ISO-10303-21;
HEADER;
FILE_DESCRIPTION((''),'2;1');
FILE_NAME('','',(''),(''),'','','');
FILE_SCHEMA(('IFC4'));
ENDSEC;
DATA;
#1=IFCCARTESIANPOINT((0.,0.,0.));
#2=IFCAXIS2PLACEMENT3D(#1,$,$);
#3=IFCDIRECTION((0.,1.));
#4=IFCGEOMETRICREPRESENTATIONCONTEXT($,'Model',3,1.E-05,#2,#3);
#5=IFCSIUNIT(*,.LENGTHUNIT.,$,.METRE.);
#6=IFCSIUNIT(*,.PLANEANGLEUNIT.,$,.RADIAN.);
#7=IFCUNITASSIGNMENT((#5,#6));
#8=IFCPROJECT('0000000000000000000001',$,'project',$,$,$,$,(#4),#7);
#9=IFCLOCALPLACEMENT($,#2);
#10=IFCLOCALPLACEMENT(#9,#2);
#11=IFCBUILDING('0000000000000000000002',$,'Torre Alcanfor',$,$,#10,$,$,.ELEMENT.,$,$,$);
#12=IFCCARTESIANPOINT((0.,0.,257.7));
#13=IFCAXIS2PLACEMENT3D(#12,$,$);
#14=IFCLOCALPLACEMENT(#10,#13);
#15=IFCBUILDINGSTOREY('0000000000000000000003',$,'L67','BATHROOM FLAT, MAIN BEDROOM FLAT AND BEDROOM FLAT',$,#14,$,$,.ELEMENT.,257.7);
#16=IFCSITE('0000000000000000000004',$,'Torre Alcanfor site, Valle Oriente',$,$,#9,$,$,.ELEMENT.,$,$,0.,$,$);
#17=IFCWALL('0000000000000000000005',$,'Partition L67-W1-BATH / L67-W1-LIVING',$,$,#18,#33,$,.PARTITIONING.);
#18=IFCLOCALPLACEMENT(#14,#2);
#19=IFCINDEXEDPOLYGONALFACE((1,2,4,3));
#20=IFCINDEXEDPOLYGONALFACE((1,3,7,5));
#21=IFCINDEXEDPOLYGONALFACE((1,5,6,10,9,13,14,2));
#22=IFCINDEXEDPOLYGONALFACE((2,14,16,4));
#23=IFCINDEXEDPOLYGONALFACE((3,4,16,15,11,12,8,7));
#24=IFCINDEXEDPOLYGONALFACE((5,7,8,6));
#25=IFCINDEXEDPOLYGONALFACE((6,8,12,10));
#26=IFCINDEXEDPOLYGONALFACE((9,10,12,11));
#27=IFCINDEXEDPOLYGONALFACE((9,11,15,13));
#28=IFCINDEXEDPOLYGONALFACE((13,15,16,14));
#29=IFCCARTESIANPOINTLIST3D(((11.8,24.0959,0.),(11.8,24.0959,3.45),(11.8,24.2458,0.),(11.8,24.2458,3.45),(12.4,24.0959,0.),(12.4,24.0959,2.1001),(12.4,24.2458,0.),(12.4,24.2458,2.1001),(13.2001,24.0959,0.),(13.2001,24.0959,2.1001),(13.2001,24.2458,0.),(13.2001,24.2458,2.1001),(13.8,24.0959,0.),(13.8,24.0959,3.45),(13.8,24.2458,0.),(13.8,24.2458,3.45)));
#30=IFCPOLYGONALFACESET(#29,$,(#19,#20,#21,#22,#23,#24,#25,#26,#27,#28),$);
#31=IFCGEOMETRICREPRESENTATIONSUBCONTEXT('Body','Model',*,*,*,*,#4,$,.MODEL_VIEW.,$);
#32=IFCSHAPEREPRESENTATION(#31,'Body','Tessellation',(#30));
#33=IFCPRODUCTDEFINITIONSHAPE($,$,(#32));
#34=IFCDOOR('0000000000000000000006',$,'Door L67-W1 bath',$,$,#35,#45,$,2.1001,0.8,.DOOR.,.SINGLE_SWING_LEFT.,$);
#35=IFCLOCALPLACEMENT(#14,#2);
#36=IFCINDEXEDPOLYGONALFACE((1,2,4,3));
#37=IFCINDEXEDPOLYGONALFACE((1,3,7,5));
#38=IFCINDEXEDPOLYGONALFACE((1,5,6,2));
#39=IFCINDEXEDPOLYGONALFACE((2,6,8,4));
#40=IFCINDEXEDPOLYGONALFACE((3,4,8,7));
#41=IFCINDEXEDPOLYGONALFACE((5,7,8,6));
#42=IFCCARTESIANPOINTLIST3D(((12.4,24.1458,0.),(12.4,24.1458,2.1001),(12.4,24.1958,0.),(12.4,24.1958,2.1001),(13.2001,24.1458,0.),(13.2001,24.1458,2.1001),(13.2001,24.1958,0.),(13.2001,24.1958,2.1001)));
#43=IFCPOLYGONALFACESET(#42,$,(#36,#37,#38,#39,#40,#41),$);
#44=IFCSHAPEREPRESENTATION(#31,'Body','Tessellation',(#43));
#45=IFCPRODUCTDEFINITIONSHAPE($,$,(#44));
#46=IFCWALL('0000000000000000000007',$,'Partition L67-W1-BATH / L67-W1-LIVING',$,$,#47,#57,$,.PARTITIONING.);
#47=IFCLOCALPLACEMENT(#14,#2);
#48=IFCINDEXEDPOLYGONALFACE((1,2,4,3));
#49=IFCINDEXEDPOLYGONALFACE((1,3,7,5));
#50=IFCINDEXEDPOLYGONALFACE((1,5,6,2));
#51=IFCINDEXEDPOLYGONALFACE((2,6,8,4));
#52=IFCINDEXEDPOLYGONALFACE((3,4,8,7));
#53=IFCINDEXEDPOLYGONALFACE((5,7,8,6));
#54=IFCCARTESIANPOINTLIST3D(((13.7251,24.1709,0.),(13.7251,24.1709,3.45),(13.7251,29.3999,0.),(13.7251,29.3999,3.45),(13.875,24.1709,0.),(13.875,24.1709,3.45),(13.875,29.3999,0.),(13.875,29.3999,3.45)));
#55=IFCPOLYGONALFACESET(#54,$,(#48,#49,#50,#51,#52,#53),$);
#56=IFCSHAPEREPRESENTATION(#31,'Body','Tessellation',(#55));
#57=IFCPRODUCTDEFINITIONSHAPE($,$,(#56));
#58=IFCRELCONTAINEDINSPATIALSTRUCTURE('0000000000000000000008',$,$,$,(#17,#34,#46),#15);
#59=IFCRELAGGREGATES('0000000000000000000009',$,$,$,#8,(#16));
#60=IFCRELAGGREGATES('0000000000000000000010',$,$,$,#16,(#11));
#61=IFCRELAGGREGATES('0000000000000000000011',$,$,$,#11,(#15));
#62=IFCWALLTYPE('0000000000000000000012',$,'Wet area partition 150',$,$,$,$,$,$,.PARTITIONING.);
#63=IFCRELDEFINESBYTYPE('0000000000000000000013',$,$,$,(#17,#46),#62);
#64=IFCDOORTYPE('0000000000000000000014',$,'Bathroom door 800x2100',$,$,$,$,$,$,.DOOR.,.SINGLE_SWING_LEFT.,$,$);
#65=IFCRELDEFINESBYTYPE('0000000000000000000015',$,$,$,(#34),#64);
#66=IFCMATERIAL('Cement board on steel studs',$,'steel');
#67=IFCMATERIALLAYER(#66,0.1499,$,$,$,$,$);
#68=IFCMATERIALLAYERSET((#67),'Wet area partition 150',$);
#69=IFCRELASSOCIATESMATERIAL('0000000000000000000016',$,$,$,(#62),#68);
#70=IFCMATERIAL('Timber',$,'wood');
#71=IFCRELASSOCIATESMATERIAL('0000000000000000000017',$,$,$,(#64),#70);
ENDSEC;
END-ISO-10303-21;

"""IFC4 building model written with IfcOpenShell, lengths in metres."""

from ifc_helpers import new_model, si_unit, direction, frame, frame_2d, origin, place, context, subcontext, project, spatial, rectangle, extrude, material, layer, layer_set, type_object, element, fill, save


model = new_model("IFC4")

# Units and contexts
model_context = context("Model", 3, precision=1e-05, world=origin(), true_north=direction((0.0, 1.0)))
body_context = subcontext(model_context, "Body", "Model", "MODEL_VIEW")
ifc_project = project(units=[si_unit("LENGTHUNIT", "METRE"), si_unit("PLANEANGLEUNIT", "RADIAN")], contexts=[model_context])

# Site, building, storey
site_placement = place(None, origin())
site = spatial("IfcSite", under=ifc_project, at=site_placement, Name="Torre Alcanfor site, Valle Oriente", CompositionType="ELEMENT", RefElevation=0.0)
building_placement = place(site_placement, origin())
building = spatial("IfcBuilding", under=site, at=building_placement, Name="Torre Alcanfor", CompositionType="ELEMENT")
storey_placement = place(building_placement, frame((0.0, 0.0, 257.7)))
storey = spatial("IfcBuildingStorey", under=building, at=storey_placement, Name="L67", Description="BATHROOM FLAT, MAIN BEDROOM FLAT AND BEDROOM FLAT", CompositionType="ELEMENT", Elevation=257.7)

# Wall, opening, door
ifc_material_1 = material(Name="Cement board on steel studs", Category="steel")
ifc_layer_1 = layer(ifc_material_1, 0.1499)
ifc_layer_set_1 = layer_set([ifc_layer_1], Name="Wet area partition 150")
wall_type_1 = type_object("IfcWallType", Name="Wet area partition 150", PredefinedType="PARTITIONING", material=ifc_layer_set_1)
wall_1_placement = place(storey_placement, frame((11.8, 24.1709, 0.0), z_axis=(0.0, 0.0, 1.0), x_axis=(1.0, 0.0, 0.0)))
wall_1 = element("IfcWall", 1, at=wall_1_placement, inside=storey, type_object=wall_type_1, Name="Partition L67-W1-BATH / L67-W1-LIVING", PredefinedType="PARTITIONING", context=body_context, shape_type="SweptSolid", body=[
    extrude(rectangle(XDim=2.0, YDim=0.1499, at=frame_2d((1.0, 0.0))), origin(), (0.0, 0.0, 1.0), 3.45),
])
opening_1_placement = place(wall_1_placement, frame((0.6001, 0.0, 0.0)))
opening_1 = element("IfcOpeningElement", 2, at=opening_1_placement, cuts=wall_1, PredefinedType="OPENING", context=body_context, shape_type="SweptSolid", body=[
    extrude(rectangle(XDim=0.8, YDim=2.1001, at=frame_2d((0.3999, 1.05))), frame((0.0, 0.085, 0.0), z_axis=(0.0, -1.0, 0.0), x_axis=(1.0, 0.0, 0.0)), (0.0, 0.0, 1.0), 0.1699),
])
ifc_material_2 = material(Name="Timber", Category="wood")
door_type_1 = type_object("IfcDoorType", Name="Bathroom door 800x2100", OperationType="SINGLE_SWING_LEFT", PredefinedType="DOOR", material=ifc_material_2)
door_1_placement = place(opening_1_placement, origin())
door_1 = element("IfcDoor", 3, at=door_1_placement, inside=storey, type_object=door_type_1, Name="Door L67-W1 bath", OperationType="SINGLE_SWING_LEFT", OverallHeight=2.1001, OverallWidth=0.8, PredefinedType="DOOR", context=body_context, shape_type="SweptSolid", body=[
    extrude(rectangle(XDim=0.8, YDim=2.1001, at=frame_2d((0.3999, 1.05))), frame((0.0, 0.0249, 0.0), z_axis=(0.0, -1.0, 0.0), x_axis=(1.0, 0.0, 0.0)), (0.0, 0.0, 1.0), 0.05),
])
fill(opening_1, door_1)

# Wall
wall_2_placement = place(storey_placement, frame((13.8, 24.1709, 0.0), z_axis=(0.0, 0.0, 1.0), x_axis=(0.0, 1.0, 0.0)))
element("IfcWall", 4, at=wall_2_placement, inside=storey, type_object=wall_type_1, Name="Partition L67-W1-BATH / L67-W1-LIVING", PredefinedType="PARTITIONING", context=body_context, shape_type="SweptSolid", body=[
    extrude(rectangle(XDim=5.229, YDim=0.1499, at=frame_2d((2.6145, 0.0))), origin(), (0.0, 0.0, 1.0), 3.45),
])

save(model, "model.ifc")
